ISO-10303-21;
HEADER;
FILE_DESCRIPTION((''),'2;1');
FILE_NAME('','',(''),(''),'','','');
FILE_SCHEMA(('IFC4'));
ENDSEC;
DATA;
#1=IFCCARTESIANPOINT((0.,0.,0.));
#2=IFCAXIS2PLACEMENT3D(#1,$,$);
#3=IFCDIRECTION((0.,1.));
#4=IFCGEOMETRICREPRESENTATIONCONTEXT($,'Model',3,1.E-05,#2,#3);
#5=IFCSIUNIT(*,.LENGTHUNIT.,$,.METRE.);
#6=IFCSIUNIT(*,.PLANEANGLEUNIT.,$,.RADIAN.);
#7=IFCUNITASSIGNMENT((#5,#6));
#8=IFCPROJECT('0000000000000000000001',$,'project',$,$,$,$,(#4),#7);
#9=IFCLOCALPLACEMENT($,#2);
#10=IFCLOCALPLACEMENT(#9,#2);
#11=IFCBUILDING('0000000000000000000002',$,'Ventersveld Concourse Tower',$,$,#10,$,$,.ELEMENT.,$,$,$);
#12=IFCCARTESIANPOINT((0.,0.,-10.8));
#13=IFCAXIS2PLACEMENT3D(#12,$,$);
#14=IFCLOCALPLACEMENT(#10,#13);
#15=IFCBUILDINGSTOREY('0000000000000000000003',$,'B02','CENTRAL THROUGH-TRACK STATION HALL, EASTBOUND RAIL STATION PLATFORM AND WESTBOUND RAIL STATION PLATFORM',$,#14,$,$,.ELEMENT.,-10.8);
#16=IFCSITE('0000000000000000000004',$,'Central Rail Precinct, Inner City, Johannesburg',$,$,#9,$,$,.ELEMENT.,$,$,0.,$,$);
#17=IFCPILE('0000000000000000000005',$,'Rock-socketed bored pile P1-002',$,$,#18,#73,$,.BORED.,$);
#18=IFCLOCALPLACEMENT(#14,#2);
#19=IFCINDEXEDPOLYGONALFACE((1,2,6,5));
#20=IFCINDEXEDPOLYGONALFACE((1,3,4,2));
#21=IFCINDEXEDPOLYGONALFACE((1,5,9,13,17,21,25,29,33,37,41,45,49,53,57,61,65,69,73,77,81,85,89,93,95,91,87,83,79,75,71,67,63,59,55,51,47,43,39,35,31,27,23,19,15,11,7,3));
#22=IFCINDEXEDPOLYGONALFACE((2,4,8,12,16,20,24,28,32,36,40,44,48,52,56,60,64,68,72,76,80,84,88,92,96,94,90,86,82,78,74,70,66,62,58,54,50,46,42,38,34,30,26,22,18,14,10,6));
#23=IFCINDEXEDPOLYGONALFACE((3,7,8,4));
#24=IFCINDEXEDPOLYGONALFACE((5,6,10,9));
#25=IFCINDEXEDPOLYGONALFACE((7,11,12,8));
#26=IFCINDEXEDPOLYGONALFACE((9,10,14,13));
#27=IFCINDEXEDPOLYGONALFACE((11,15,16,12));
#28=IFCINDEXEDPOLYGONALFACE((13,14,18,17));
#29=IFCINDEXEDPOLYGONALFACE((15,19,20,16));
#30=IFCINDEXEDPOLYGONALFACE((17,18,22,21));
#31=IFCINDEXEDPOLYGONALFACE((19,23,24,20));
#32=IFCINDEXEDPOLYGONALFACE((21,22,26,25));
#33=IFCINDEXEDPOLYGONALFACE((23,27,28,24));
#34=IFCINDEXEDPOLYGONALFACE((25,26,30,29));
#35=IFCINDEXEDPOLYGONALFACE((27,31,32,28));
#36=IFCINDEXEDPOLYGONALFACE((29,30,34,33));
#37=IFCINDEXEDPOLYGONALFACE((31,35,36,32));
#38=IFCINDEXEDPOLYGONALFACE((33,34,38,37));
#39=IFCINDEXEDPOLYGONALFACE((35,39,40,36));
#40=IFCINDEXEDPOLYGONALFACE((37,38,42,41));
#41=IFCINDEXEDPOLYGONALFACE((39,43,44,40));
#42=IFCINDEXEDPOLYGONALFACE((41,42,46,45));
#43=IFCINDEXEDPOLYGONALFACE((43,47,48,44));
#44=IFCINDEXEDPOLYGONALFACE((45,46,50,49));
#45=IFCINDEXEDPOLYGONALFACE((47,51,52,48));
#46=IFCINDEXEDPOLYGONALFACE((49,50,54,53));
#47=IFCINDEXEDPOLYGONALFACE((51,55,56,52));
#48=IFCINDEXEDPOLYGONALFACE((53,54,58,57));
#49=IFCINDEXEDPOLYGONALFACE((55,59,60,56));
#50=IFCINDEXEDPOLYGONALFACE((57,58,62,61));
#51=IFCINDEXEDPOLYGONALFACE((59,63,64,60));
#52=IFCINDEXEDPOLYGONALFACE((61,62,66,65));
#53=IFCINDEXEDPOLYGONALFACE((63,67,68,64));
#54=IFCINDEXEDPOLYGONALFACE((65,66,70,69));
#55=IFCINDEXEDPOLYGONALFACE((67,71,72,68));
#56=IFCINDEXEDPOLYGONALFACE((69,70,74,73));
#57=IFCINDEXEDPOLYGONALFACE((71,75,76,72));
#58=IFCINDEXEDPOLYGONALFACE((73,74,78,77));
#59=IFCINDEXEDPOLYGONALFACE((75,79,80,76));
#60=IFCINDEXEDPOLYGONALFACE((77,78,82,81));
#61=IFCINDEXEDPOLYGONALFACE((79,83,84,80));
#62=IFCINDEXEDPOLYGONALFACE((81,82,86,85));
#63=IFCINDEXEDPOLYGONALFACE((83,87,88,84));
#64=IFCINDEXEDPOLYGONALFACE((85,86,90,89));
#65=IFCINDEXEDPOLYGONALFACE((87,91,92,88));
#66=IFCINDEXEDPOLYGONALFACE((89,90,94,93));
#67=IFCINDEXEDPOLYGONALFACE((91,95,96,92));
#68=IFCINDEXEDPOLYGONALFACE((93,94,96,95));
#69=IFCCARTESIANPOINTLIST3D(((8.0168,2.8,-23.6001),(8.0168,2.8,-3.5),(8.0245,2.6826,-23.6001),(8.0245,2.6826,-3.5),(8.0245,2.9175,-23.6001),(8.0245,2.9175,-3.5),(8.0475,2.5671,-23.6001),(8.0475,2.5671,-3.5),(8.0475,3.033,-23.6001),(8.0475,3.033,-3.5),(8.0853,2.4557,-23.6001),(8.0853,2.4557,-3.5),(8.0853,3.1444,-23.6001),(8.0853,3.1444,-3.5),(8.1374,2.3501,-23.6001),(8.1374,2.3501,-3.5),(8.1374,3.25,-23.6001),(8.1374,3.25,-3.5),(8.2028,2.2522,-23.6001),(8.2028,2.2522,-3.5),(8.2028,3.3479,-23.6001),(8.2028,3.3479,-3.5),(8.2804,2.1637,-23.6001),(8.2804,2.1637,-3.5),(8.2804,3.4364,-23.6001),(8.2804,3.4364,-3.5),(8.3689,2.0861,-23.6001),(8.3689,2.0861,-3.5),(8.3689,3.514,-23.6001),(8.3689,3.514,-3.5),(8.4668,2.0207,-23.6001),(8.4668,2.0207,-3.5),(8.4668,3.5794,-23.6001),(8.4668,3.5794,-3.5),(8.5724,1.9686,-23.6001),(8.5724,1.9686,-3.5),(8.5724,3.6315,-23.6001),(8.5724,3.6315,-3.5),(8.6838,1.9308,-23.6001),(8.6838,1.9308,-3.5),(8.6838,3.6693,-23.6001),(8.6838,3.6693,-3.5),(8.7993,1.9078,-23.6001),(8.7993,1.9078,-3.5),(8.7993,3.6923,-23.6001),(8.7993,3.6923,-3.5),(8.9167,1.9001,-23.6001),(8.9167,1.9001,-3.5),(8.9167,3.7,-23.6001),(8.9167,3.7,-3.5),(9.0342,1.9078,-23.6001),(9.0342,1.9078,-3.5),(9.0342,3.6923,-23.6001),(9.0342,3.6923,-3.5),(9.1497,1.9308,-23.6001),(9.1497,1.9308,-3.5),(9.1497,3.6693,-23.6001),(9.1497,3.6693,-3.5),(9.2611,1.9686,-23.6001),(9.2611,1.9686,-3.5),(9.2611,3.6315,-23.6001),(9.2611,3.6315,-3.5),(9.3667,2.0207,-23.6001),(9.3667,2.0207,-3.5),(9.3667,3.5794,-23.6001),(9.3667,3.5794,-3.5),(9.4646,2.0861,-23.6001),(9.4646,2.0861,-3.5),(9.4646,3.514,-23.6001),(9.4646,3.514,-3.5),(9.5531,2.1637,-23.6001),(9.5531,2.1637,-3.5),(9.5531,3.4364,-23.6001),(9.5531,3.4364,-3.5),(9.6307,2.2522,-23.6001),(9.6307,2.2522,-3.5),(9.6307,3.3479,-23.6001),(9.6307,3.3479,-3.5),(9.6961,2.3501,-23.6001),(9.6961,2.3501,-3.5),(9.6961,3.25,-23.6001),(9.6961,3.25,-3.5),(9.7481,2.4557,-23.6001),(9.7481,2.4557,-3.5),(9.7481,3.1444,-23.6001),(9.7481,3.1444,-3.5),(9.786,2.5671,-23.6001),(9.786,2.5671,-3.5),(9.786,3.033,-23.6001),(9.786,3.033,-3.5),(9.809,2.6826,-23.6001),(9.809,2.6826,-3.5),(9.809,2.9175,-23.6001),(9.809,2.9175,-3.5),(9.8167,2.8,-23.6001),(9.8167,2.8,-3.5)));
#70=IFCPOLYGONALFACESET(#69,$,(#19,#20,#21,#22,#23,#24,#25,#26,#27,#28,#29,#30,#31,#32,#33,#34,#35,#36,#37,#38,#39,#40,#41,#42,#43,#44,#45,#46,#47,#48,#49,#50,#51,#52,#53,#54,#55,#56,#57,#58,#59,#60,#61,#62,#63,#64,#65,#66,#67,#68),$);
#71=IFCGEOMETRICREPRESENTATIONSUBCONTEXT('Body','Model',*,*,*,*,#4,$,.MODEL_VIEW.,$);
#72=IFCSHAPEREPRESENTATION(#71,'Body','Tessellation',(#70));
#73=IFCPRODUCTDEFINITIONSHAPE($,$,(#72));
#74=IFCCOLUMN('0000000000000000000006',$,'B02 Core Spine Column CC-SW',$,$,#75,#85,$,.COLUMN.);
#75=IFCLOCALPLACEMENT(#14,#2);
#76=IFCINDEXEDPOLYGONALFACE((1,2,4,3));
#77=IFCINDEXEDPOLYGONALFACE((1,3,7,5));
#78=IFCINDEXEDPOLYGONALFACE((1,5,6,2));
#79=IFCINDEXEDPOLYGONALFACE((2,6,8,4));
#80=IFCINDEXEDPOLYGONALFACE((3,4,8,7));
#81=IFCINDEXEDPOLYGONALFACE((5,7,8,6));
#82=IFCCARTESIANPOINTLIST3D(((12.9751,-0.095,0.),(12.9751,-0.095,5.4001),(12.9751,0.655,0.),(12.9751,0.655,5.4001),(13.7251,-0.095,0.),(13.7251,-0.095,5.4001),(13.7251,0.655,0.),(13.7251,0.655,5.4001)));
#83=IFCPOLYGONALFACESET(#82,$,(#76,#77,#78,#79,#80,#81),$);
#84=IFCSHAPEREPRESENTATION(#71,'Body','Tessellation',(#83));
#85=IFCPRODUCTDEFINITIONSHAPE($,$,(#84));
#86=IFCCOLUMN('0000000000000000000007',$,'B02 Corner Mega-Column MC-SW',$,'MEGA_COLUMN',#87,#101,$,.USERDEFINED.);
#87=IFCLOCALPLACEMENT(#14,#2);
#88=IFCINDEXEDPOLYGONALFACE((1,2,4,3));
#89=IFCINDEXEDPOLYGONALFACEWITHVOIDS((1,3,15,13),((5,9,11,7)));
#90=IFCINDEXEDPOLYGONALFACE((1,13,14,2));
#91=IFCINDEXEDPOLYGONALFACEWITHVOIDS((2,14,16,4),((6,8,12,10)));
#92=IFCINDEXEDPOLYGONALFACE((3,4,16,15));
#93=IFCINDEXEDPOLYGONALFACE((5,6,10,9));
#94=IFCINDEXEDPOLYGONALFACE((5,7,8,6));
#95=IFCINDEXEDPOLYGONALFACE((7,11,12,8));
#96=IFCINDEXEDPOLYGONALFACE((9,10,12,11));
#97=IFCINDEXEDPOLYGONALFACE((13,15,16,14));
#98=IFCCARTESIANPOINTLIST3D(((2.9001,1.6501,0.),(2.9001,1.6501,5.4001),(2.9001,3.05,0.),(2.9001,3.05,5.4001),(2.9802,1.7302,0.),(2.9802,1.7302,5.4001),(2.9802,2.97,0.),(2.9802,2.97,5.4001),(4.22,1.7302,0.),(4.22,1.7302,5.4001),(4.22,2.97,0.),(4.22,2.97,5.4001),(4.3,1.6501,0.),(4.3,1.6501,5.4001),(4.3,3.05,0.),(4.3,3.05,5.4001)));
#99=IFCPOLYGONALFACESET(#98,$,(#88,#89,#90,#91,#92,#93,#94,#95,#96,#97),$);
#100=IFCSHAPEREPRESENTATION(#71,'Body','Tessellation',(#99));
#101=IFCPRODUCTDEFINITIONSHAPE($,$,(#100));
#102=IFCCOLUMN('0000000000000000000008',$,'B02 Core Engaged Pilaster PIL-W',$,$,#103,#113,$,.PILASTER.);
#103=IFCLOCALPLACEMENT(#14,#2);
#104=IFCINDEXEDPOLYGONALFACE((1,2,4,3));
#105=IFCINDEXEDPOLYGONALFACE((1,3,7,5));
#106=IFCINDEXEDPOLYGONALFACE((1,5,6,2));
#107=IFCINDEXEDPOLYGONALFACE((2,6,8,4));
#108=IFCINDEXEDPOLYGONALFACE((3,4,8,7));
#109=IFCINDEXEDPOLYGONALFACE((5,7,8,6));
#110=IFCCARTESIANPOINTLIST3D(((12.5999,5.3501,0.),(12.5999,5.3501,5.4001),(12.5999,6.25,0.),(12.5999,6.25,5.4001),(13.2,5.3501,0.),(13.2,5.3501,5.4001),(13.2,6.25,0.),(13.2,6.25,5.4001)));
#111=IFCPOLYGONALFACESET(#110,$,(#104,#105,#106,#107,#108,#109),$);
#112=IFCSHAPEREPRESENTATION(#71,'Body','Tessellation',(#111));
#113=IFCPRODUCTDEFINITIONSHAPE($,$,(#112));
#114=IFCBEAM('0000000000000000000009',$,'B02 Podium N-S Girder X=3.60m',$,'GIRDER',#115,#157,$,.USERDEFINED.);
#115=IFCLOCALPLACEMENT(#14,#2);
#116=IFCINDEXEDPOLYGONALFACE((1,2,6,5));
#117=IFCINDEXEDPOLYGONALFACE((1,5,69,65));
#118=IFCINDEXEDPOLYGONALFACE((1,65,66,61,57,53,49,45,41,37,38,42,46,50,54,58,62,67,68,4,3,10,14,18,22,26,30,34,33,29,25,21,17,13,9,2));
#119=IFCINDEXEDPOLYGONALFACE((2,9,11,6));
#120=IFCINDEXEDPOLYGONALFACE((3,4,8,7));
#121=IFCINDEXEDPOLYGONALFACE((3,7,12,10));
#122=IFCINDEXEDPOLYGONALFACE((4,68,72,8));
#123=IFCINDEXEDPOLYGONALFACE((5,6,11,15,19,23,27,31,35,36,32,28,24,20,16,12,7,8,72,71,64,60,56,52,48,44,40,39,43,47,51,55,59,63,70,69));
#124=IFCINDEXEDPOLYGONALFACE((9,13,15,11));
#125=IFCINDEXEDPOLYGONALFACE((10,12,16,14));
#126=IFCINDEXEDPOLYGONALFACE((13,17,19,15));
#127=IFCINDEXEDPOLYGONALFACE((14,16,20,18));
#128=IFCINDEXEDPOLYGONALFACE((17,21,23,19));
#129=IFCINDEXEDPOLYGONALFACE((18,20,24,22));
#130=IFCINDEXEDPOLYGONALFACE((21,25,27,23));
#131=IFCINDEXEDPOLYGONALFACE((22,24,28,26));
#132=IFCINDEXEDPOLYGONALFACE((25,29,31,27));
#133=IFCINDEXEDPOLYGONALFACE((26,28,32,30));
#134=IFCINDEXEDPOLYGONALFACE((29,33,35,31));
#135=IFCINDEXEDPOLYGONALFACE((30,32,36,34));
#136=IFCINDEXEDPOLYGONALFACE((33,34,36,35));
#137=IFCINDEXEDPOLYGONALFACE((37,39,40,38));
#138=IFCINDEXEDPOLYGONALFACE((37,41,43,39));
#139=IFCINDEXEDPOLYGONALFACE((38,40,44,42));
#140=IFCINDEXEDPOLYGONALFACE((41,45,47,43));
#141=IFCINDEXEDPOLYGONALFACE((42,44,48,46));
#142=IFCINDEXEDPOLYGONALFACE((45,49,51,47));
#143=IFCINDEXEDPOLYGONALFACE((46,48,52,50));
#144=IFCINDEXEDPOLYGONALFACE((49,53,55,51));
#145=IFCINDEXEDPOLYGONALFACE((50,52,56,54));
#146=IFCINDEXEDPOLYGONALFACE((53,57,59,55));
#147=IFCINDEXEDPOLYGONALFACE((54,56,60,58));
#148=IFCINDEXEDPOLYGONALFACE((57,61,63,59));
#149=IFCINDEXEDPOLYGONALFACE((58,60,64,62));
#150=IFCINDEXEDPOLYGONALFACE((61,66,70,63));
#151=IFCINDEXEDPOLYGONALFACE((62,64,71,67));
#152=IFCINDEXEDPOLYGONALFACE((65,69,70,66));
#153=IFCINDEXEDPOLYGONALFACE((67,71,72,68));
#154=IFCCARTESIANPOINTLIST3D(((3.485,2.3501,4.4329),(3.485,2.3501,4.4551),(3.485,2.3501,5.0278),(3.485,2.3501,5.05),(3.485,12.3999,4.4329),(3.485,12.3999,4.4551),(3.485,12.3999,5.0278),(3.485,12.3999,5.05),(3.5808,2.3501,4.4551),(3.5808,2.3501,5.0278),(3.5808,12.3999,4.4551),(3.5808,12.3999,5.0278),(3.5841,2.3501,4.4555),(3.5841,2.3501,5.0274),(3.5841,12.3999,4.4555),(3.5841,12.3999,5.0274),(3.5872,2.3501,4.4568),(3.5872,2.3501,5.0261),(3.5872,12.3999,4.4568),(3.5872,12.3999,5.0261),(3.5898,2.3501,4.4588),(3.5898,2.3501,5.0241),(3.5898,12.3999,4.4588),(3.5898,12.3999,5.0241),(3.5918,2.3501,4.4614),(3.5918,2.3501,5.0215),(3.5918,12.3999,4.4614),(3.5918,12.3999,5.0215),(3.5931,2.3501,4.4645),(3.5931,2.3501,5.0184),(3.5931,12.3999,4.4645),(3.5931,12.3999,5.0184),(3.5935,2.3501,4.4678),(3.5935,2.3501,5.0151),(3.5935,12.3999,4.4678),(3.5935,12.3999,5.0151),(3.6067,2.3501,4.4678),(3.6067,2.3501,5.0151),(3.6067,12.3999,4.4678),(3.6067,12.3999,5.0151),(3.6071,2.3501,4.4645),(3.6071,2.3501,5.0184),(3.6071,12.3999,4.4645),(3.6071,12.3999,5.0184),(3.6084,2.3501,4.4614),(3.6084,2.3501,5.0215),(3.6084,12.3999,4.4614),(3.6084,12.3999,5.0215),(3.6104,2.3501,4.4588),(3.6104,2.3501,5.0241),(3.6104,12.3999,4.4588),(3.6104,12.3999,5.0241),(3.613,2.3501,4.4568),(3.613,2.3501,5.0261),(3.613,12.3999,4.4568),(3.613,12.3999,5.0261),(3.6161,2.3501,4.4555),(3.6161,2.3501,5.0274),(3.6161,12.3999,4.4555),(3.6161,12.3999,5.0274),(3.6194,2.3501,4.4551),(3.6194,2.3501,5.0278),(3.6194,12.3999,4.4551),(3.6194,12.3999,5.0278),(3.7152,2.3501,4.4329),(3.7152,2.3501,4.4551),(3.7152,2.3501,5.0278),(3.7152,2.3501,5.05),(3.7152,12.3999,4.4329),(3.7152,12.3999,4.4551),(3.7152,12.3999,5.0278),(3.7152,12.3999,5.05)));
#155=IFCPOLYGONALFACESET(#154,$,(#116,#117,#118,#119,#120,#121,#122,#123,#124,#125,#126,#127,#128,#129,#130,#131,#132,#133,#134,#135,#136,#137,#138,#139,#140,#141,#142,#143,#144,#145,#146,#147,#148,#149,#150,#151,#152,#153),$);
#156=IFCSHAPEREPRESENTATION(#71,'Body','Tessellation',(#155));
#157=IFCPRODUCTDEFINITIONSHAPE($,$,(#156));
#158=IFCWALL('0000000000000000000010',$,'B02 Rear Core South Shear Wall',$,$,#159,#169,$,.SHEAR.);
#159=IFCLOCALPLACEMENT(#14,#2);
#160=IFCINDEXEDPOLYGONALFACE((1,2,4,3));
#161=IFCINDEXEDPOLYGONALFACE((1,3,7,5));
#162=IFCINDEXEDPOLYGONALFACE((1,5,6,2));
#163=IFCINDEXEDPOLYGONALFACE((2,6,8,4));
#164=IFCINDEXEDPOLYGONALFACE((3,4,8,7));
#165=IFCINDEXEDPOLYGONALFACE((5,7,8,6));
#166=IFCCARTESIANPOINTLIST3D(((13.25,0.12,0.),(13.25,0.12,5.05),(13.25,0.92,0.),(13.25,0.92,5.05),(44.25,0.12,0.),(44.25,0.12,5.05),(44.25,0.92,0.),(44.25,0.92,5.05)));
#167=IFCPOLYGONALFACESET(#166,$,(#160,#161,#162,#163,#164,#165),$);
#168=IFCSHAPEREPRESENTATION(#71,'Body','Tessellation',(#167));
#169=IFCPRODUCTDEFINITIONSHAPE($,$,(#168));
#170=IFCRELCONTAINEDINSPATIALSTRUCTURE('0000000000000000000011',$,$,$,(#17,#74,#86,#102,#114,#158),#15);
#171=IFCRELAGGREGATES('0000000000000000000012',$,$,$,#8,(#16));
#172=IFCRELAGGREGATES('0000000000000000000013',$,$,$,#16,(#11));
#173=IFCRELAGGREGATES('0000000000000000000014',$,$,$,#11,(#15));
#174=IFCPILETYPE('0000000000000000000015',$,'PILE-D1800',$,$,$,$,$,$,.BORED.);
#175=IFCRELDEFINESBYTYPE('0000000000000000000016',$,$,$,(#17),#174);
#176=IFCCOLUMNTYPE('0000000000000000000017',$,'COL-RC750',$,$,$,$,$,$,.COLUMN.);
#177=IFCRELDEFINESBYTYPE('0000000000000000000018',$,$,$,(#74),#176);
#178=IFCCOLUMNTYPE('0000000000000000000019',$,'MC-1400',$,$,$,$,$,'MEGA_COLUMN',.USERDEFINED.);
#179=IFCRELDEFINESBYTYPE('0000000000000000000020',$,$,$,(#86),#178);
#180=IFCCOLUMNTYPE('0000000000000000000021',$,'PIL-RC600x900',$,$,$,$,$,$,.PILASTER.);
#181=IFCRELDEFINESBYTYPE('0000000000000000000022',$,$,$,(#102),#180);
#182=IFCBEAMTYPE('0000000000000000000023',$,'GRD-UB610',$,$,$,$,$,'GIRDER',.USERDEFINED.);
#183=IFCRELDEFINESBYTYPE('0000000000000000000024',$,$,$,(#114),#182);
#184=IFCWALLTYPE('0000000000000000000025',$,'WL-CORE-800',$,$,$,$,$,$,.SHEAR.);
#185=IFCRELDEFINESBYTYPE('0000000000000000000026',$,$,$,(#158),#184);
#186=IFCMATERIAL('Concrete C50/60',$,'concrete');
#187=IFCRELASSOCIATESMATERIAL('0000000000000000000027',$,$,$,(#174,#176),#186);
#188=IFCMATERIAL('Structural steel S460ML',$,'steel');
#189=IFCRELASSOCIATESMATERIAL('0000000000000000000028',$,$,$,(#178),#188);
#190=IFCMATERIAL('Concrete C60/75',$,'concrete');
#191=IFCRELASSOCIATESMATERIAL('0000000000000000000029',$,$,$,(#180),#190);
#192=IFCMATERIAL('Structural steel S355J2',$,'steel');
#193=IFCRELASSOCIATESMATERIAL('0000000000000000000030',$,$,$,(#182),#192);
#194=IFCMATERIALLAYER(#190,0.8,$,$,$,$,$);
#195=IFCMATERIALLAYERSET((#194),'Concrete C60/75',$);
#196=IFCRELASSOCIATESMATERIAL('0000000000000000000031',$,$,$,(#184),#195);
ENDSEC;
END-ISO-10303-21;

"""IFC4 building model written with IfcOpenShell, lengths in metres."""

from ifc_helpers import new_model, si_unit, direction, frame, frame_2d, origin, origin_2d, place, context, subcontext, project, spatial, rectangle, hollow_rectangle, circle, i_section, extrude, material, layer, layer_set, material_profile, profile_set, type_object, element, save


model = new_model("IFC4")

# Units and contexts
model_context = context("Model", 3, precision=1e-05, world=origin(), true_north=direction((0.0, 1.0)))
body_context = subcontext(model_context, "Body", "Model", "MODEL_VIEW")
ifc_project = project(units=[si_unit("LENGTHUNIT", "METRE"), si_unit("PLANEANGLEUNIT", "RADIAN")], contexts=[model_context])

# Site, building, storey
site_placement = place(None, origin())
site = spatial("IfcSite", under=ifc_project, at=site_placement, Name="Central Rail Precinct, Inner City, Johannesburg", CompositionType="ELEMENT", RefElevation=0.0)
building_placement = place(site_placement, origin())
building = spatial("IfcBuilding", under=site, at=building_placement, Name="Ventersveld Concourse Tower", CompositionType="ELEMENT")
storey_placement = place(building_placement, frame((0.0, 0.0, -10.8)))
storey = spatial("IfcBuildingStorey", under=building, at=storey_placement, Name="B02", Description="CENTRAL THROUGH-TRACK STATION HALL, EASTBOUND RAIL STATION PLATFORM AND WESTBOUND RAIL STATION PLATFORM", CompositionType="ELEMENT", Elevation=-10.8)

# Pile
ifc_material_1 = material(Name="Concrete C50/60", Category="concrete")
ifc_material_profile_1 = material_profile(ifc_material_1, circle(Radius=0.8999, at=origin_2d()), Name="PILE D1800")
ifc_profile_set_1 = profile_set([ifc_material_profile_1], Name="Concrete C50/60")
pile_type = type_object("IfcPileType", Name="PILE-D1800", PredefinedType="BORED", material=ifc_profile_set_1)
pile_placement = place(storey_placement, frame((8.9167, 2.8, -3.5), z_axis=(0.0, 0.0, -1.0), x_axis=(1.0, 0.0, 0.0)))
element("IfcPile", 1, at=pile_placement, inside=storey, type_object=pile_type, Name="Rock-socketed bored pile P1-002", PredefinedType="BORED", context=body_context, shape_type="SweptSolid", body=[
    extrude(circle(Radius=0.8999, at=origin_2d()), origin(), (0.0, 0.0, 1.0), 20.1001),
])

# Columns
ifc_material_profile_2 = material_profile(ifc_material_1, rectangle(XDim=0.75, YDim=0.75, at=origin_2d()), Name="RC 750x750")
ifc_profile_set_2 = profile_set([ifc_material_profile_2], Name="Concrete C50/60")
column_type_1 = type_object("IfcColumnType", Name="COL-RC750", PredefinedType="COLUMN", material=ifc_profile_set_2)
column_1_placement = place(storey_placement, frame((13.3501, 0.28, 0.0), z_axis=(0.0, 0.0, 1.0), x_axis=(1.0, 0.0, 0.0)))
element("IfcColumn", 2, at=column_1_placement, inside=storey, type_object=column_type_1, Name="B02 Core Spine Column CC-SW", PredefinedType="COLUMN", context=body_context, shape_type="SweptSolid", body=[
    extrude(rectangle(XDim=0.75, YDim=0.75, at=origin_2d()), origin(), (0.0, 0.0, 1.0), 5.4001),
])
ifc_material_2 = material(Name="Structural steel S460ML", Category="steel")
ifc_material_profile_3 = material_profile(ifc_material_2, hollow_rectangle(XDim=1.3999, YDim=1.3999, WallThickness=0.0801, at=origin_2d()), Name="BOX 1400x1400x80")
ifc_profile_set_3 = profile_set([ifc_material_profile_3], Name="Structural steel S460ML")
column_type_2 = type_object("IfcColumnType", Name="MC-1400", ElementType="MEGA_COLUMN", PredefinedType="USERDEFINED", material=ifc_profile_set_3)
column_2_placement = place(storey_placement, frame((3.6001, 2.3501, 0.0), z_axis=(0.0, 0.0, 1.0), x_axis=(1.0, 0.0, 0.0)))
element("IfcColumn", 3, at=column_2_placement, inside=storey, type_object=column_type_2, Name="B02 Corner Mega-Column MC-SW", ObjectType="MEGA_COLUMN", PredefinedType="USERDEFINED", context=body_context, shape_type="SweptSolid", body=[
    extrude(hollow_rectangle(XDim=1.3999, YDim=1.3999, WallThickness=0.0801, at=origin_2d()), origin(), (0.0, 0.0, 1.0), 5.4001),
])
ifc_material_3 = material(Name="Concrete C60/75", Category="concrete")
ifc_material_profile_4 = material_profile(ifc_material_3, rectangle(XDim=0.6001, YDim=0.8999, at=origin_2d()), Name="RC 600x900")
ifc_profile_set_4 = profile_set([ifc_material_profile_4], Name="Concrete C60/75")
column_type_3 = type_object("IfcColumnType", Name="PIL-RC600x900", PredefinedType="PILASTER", material=ifc_profile_set_4)
column_3_placement = place(storey_placement, frame((12.8999, 5.8, 0.0), z_axis=(0.0, 0.0, 1.0), x_axis=(1.0, 0.0, 0.0)))
element("IfcColumn", 4, at=column_3_placement, inside=storey, type_object=column_type_3, Name="B02 Core Engaged Pilaster PIL-W", PredefinedType="PILASTER", context=body_context, shape_type="SweptSolid", body=[
    extrude(rectangle(XDim=0.6001, YDim=0.8999, at=origin_2d()), origin(), (0.0, 0.0, 1.0), 5.4001),
])

# Beam
ifc_material_4 = material(Name="Structural steel S355J2", Category="steel")
ifc_material_profile_5 = material_profile(ifc_material_4, i_section(OverallWidth=0.2302, OverallDepth=0.6172, WebThickness=0.0132, FlangeThickness=0.0222, FilletRadius=0.0127, at=origin_2d()), Name="UB 610x229x140")
ifc_profile_set_5 = profile_set([ifc_material_profile_5], Name="Structural steel S355J2")
beam_type = type_object("IfcBeamType", Name="GRD-UB610", ElementType="GIRDER", PredefinedType="USERDEFINED", material=ifc_profile_set_5)
beam_placement = place(storey_placement, frame((3.6001, 2.3501, 4.7415), z_axis=(0.0, 1.0, 0.0), x_axis=(-1.0, 0.0, 0.0)))
element("IfcBeam", 5, at=beam_placement, inside=storey, type_object=beam_type, Name="B02 Podium N-S Girder X=3.60m", ObjectType="GIRDER", PredefinedType="USERDEFINED", context=body_context, shape_type="SweptSolid", body=[
    extrude(i_section(OverallWidth=0.2302, OverallDepth=0.6172, WebThickness=0.0132, FlangeThickness=0.0222, FilletRadius=0.0127, at=origin_2d()), origin(), (0.0, 0.0, 1.0), 10.0498),
])

# Wall
ifc_layer_1 = layer(ifc_material_3, 0.8)
ifc_layer_set_1 = layer_set([ifc_layer_1], Name="Concrete C60/75")
wall_type_1 = type_object("IfcWallType", Name="WL-CORE-800", PredefinedType="SHEAR", material=ifc_layer_set_1)
wall_1_placement = place(storey_placement, frame((13.25, 0.52, 0.0), z_axis=(0.0, 0.0, 1.0), x_axis=(1.0, 0.0, 0.0)))
element("IfcWall", 6, at=wall_1_placement, inside=storey, type_object=wall_type_1, Name="B02 Rear Core South Shear Wall", PredefinedType="SHEAR", context=body_context, shape_type="SweptSolid", body=[
    extrude(rectangle(XDim=31.0, YDim=0.8, at=frame_2d((15.5, 0.0))), origin(), (0.0, 0.0, 1.0), 5.05),
])

save(model, "model.ifc")
